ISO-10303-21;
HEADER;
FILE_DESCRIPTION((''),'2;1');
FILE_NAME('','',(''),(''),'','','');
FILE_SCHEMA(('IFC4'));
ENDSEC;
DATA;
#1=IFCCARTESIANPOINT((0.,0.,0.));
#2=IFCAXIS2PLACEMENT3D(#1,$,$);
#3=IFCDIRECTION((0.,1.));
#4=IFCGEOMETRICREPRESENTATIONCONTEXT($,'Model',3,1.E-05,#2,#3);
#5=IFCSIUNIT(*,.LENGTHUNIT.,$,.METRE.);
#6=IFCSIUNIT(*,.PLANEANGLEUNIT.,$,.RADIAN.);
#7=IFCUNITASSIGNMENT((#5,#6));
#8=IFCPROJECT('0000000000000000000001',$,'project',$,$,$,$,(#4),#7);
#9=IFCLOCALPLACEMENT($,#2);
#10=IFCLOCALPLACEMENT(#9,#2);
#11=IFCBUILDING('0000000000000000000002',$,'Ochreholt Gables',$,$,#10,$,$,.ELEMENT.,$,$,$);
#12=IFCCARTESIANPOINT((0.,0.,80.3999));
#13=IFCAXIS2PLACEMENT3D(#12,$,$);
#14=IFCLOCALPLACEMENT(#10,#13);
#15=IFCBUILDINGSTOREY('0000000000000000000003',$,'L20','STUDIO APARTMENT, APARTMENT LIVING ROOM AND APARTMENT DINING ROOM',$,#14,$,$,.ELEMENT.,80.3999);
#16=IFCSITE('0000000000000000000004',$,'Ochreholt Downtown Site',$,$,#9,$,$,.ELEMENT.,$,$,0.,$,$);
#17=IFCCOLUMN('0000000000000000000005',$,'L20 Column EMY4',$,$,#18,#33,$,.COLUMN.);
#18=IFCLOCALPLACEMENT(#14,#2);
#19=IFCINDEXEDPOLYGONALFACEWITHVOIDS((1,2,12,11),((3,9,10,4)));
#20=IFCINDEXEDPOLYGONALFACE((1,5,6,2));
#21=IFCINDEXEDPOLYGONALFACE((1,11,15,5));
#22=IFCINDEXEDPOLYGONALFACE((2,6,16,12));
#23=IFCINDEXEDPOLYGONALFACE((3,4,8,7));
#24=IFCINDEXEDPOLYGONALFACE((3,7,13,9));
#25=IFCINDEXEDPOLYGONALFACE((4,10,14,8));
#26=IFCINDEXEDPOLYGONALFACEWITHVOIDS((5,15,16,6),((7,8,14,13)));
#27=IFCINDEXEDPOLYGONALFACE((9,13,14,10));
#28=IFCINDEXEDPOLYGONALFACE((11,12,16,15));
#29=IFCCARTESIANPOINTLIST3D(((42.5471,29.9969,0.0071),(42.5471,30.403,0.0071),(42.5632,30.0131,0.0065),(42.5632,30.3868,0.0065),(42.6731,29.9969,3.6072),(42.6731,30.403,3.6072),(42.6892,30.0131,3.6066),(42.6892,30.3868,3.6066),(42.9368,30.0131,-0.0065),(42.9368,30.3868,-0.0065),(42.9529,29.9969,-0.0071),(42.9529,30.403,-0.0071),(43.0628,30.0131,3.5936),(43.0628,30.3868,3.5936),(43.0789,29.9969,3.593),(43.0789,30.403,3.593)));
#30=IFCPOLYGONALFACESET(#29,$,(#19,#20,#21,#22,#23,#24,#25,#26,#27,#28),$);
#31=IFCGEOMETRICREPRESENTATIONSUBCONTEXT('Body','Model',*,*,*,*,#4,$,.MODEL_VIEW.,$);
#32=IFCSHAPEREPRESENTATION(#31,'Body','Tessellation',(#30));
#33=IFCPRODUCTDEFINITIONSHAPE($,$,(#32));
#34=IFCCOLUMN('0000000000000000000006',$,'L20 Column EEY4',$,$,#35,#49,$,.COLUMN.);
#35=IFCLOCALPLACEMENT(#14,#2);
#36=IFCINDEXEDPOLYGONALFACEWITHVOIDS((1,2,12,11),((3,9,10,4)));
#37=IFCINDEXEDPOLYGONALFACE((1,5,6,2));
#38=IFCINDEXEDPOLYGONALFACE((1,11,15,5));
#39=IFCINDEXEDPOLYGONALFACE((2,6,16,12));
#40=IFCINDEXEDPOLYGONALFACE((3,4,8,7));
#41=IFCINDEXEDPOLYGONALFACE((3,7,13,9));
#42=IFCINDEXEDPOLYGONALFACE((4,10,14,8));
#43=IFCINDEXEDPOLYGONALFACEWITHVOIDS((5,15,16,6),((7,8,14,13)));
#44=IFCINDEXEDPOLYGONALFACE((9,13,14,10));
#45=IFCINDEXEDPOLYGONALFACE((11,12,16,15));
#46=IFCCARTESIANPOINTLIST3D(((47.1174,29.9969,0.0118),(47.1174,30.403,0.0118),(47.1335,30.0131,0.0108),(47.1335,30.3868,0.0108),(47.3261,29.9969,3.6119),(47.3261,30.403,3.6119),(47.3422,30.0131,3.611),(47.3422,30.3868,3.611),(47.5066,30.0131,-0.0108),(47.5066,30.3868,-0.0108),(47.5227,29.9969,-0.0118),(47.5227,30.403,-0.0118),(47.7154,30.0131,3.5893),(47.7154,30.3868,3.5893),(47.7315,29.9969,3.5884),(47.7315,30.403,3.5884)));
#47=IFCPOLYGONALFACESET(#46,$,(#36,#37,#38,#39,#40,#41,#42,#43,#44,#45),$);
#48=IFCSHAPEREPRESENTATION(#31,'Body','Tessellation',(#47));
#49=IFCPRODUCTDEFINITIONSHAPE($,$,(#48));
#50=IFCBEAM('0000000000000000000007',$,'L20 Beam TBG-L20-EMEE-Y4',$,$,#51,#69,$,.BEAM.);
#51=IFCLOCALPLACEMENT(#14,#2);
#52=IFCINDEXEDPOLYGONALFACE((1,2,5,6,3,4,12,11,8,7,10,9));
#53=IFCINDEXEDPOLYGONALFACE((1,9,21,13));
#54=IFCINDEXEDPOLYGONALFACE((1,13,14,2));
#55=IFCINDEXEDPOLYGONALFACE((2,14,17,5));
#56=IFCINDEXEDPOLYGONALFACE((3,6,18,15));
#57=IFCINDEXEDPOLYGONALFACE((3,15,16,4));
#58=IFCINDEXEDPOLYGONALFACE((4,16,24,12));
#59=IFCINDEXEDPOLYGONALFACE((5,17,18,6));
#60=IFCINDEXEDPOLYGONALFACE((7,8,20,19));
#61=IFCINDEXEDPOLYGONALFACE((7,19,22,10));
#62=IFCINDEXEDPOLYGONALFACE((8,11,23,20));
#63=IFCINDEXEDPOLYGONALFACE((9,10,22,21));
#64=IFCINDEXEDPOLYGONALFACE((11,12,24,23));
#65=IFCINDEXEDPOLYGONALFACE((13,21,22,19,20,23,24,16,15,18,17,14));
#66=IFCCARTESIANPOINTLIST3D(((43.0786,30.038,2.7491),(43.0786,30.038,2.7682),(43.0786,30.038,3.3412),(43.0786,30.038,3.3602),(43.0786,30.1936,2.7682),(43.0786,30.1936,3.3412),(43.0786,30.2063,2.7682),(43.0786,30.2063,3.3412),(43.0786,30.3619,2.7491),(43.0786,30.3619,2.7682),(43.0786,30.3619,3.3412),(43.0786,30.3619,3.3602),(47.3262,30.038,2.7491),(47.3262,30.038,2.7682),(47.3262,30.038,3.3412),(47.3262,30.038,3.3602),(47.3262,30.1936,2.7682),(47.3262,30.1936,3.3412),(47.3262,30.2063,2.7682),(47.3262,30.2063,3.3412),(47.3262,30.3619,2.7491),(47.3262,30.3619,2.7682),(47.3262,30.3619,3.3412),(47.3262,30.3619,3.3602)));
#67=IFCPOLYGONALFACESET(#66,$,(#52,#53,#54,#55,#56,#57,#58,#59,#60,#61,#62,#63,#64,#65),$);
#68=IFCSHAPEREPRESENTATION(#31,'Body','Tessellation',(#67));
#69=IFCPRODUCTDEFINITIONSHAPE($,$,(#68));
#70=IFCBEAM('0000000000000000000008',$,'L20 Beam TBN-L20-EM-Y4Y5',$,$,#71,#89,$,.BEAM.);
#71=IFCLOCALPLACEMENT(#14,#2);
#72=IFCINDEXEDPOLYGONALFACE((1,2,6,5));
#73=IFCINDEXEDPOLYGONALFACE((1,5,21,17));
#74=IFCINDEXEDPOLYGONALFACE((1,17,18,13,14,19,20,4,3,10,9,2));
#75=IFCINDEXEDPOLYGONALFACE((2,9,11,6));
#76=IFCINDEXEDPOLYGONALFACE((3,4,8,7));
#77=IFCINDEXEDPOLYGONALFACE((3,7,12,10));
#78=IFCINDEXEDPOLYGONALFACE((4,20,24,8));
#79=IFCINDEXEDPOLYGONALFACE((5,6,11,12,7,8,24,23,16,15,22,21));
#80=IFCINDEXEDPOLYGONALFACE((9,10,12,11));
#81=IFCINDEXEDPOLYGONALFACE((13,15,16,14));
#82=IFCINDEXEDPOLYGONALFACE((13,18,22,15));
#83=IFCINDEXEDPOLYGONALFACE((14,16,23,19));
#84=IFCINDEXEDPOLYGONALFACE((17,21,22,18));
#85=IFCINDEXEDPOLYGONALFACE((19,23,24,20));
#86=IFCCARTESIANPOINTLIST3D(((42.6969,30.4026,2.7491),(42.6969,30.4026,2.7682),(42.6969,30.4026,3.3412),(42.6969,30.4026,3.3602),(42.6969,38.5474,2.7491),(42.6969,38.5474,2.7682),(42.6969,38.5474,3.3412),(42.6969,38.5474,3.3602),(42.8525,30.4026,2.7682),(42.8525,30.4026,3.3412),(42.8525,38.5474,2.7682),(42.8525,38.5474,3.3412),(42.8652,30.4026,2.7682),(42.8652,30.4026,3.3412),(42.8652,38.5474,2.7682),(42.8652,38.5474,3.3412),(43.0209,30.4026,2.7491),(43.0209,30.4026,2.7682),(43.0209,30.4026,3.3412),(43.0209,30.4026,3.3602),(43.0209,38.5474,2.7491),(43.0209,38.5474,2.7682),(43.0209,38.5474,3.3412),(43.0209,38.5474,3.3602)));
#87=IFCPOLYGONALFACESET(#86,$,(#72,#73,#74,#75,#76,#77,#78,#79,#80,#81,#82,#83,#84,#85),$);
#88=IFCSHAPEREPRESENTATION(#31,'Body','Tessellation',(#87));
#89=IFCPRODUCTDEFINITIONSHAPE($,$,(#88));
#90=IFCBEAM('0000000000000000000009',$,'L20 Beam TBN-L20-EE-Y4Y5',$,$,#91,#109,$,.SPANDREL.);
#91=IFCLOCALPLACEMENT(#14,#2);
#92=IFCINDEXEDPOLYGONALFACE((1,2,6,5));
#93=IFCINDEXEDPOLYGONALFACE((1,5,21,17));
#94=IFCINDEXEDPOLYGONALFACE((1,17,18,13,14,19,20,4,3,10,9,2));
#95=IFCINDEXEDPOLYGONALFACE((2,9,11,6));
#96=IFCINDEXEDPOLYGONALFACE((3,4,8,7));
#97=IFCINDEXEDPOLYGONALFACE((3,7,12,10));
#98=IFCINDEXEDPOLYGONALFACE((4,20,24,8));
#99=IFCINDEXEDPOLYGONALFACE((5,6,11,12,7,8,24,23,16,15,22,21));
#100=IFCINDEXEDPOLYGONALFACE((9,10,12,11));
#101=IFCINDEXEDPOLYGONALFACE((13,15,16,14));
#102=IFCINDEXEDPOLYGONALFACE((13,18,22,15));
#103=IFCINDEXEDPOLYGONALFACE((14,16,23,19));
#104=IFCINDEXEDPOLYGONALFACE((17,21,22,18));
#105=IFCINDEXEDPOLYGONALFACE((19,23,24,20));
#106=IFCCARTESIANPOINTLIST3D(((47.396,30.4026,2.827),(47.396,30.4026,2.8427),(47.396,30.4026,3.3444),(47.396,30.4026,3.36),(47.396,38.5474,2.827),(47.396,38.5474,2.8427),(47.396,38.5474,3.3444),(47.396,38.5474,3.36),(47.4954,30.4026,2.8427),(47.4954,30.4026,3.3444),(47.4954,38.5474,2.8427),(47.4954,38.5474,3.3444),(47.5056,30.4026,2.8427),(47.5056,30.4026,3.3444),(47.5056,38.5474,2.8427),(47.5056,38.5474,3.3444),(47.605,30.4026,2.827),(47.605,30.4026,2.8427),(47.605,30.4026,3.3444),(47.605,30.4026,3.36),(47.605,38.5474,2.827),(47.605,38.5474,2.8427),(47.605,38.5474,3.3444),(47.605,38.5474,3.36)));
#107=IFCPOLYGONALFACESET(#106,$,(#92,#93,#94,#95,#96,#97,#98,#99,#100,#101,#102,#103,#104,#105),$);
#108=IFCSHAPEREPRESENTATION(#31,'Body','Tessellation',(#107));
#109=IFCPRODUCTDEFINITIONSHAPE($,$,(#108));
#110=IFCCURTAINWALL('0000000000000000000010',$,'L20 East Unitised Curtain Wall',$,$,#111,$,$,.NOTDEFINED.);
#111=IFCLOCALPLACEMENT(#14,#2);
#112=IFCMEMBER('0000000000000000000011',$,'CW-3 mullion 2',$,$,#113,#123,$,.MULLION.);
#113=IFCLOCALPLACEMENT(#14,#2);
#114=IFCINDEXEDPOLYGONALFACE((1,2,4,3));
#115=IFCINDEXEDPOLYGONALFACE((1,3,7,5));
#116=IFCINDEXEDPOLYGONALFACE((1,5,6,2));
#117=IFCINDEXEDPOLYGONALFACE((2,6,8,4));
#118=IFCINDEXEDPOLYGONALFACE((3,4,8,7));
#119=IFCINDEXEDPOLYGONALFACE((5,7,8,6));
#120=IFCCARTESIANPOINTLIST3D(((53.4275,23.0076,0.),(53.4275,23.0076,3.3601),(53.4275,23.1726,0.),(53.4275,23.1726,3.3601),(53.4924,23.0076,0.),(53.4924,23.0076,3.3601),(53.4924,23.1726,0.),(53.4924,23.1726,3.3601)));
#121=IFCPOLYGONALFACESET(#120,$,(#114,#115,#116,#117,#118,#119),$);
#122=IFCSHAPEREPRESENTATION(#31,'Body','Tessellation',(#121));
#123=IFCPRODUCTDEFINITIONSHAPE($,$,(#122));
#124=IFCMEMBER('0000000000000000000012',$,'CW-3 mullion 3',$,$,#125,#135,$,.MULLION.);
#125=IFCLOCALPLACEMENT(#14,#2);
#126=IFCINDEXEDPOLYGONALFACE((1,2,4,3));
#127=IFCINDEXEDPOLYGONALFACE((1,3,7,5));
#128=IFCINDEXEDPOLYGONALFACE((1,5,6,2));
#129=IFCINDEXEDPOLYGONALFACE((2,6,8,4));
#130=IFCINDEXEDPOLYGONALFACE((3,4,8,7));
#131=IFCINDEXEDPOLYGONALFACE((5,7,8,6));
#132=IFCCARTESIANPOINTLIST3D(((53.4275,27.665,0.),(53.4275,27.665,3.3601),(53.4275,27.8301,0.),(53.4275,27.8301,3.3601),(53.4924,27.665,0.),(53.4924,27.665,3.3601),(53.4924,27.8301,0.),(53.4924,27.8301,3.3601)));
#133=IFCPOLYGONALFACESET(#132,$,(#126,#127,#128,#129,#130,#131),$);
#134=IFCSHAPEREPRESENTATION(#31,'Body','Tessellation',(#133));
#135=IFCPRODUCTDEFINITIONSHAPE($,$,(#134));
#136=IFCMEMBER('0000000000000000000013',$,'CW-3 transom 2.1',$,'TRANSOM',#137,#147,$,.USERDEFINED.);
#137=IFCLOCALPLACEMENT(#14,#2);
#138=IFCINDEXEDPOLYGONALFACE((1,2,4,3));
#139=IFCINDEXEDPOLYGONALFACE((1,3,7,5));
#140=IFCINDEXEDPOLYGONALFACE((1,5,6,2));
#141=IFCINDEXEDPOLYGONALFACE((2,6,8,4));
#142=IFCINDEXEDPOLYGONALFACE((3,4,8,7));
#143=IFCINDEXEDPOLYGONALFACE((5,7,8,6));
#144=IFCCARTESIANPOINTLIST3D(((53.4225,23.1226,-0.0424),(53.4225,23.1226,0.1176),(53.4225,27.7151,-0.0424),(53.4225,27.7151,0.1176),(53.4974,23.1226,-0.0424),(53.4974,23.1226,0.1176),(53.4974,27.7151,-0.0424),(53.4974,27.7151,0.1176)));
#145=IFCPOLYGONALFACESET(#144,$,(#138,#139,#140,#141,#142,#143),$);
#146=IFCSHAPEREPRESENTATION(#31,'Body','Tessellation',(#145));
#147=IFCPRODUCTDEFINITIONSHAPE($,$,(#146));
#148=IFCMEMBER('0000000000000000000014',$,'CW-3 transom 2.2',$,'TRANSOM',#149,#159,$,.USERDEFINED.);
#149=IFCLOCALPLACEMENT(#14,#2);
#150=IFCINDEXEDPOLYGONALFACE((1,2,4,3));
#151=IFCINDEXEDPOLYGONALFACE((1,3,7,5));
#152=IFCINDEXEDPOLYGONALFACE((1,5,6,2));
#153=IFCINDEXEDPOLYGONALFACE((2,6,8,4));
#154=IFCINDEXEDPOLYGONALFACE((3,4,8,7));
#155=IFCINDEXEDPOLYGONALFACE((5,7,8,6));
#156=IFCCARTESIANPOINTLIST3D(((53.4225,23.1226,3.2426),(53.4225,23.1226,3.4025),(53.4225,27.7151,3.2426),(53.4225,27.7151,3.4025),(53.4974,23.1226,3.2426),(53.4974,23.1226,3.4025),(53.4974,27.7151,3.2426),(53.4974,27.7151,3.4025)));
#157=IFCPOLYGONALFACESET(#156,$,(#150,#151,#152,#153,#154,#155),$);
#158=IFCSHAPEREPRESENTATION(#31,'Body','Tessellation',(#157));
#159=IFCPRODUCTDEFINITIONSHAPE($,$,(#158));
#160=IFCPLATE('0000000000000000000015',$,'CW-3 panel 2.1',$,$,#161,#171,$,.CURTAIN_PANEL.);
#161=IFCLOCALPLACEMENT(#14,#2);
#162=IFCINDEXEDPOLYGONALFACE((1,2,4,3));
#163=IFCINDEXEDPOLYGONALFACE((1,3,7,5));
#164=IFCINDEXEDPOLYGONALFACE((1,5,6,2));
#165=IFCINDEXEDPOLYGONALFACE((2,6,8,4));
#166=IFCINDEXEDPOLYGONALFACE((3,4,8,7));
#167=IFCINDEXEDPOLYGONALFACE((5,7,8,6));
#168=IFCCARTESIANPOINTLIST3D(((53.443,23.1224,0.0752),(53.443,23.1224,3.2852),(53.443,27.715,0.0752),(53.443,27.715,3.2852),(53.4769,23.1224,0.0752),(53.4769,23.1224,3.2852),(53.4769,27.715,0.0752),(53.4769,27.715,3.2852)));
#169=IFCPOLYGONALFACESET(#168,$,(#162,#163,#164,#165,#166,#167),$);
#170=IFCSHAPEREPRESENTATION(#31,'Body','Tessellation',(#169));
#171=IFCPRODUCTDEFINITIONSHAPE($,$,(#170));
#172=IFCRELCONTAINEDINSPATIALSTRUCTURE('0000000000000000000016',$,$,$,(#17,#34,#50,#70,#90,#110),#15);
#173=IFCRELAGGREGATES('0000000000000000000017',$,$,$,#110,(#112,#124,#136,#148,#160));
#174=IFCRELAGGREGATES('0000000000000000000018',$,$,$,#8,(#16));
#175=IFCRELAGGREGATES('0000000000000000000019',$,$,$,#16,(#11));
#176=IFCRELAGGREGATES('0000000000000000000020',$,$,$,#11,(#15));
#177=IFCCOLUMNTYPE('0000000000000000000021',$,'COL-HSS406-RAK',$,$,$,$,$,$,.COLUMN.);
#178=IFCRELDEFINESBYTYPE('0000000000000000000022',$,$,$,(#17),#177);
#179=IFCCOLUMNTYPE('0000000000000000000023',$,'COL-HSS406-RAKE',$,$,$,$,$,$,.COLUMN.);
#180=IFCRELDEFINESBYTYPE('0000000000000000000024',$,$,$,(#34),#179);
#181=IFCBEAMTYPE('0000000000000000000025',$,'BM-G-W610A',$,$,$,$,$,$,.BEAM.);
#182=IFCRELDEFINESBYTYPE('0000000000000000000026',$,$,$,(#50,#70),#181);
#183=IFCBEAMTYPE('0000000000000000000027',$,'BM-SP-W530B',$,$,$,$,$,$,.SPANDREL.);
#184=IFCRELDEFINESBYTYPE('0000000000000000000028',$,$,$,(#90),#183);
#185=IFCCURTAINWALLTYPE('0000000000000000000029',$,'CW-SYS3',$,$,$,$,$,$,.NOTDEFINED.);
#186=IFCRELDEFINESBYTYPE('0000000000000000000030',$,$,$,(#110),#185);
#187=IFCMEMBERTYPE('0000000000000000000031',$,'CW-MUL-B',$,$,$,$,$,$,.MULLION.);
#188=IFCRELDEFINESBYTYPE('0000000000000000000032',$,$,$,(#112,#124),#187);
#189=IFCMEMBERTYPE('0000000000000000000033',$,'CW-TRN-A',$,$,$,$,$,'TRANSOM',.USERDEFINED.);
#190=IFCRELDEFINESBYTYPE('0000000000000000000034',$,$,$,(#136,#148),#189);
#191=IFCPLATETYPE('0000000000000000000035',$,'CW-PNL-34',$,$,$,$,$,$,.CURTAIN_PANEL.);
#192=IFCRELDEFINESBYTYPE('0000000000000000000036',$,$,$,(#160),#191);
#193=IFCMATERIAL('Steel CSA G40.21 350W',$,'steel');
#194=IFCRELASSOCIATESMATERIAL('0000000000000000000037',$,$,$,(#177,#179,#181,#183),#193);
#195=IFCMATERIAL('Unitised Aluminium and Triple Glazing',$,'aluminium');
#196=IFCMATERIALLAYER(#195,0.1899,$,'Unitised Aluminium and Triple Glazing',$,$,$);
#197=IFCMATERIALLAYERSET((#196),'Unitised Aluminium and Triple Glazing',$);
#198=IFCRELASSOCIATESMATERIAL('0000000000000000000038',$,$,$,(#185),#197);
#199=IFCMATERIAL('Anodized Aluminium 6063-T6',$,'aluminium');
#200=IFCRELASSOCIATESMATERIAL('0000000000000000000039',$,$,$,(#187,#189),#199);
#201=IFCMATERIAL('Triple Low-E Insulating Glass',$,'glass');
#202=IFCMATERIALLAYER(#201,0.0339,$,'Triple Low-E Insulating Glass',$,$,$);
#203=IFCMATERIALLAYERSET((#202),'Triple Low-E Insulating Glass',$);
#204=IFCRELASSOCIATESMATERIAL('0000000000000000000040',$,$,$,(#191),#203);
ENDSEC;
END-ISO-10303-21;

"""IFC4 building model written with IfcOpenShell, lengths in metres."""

from ifc_helpers import new_model, si_unit, direction, frame, origin, origin_2d, place, context, subcontext, project, spatial, rectangle, hollow_rectangle, i_section, extrude, material, layer, layer_set, material_profile, profile_set, type_object, element, aggregate, save


model = new_model("IFC4")

# Units and contexts
model_context = context("Model", 3, precision=1e-05, world=origin(), true_north=direction((0.0, 1.0)))
body_context = subcontext(model_context, "Body", "Model", "MODEL_VIEW")
ifc_project = project(units=[si_unit("LENGTHUNIT", "METRE"), si_unit("PLANEANGLEUNIT", "RADIAN")], contexts=[model_context])

# Site, building, storey
site_placement = place(None, origin())
site = spatial("IfcSite", under=ifc_project, at=site_placement, Name="Ochreholt Downtown Site", CompositionType="ELEMENT", RefElevation=0.0)
building_placement = place(site_placement, origin())
building = spatial("IfcBuilding", under=site, at=building_placement, Name="Ochreholt Gables", CompositionType="ELEMENT")
storey_placement = place(building_placement, frame((0.0, 0.0, 80.3999)))
storey = spatial("IfcBuildingStorey", under=building, at=storey_placement, Name="L20", Description="STUDIO APARTMENT, APARTMENT LIVING ROOM AND APARTMENT DINING ROOM", CompositionType="ELEMENT", Elevation=80.3999)

# Columns
ifc_material_1 = material(Name="Steel CSA G40.21 350W", Category="steel")
ifc_material_profile_1 = material_profile(ifc_material_1, hollow_rectangle(XDim=0.406, YDim=0.406, WallThickness=0.0161, at=origin_2d()), Name="HSS406X406X16")
ifc_profile_set_1 = profile_set([ifc_material_profile_1], Name="Steel CSA G40.21 350W")
column_type_1 = type_object("IfcColumnType", Name="COL-HSS406-RAK", PredefinedType="COLUMN", material=ifc_profile_set_1)
column_1_placement = place(storey_placement, frame((42.75, 30.2, 0.0), z_axis=(0.034971, 0.0, 0.999388), x_axis=(0.0, 1.0, 0.0)))
element("IfcColumn", 1, at=column_1_placement, inside=storey, type_object=column_type_1, Name="L20 Column EMY4", PredefinedType="COLUMN", context=body_context, shape_type="SweptSolid", body=[
    extrude(hollow_rectangle(XDim=0.406, YDim=0.406, WallThickness=0.0161, at=origin_2d()), origin(), (0.0, 0.0, 1.0), 3.6023),
])
ifc_material_profile_2 = material_profile(ifc_material_1, hollow_rectangle(XDim=0.406, YDim=0.406, WallThickness=0.0161, at=origin_2d()), Name="HSS406X406X16")
ifc_profile_set_2 = profile_set([ifc_material_profile_2], Name="Steel CSA G40.21 350W")
column_type_2 = type_object("IfcColumnType", Name="COL-HSS406-RAKE", PredefinedType="COLUMN", material=ifc_profile_set_2)
column_2_placement = place(storey_placement, frame((47.3201, 30.2, 0.0), z_axis=(0.057885, 0.0, 0.998323), x_axis=(0.0, 1.0, 0.0)))
element("IfcColumn", 2, at=column_2_placement, inside=storey, type_object=column_type_2, Name="L20 Column EEY4", PredefinedType="COLUMN", context=body_context, shape_type="SweptSolid", body=[
    extrude(hollow_rectangle(XDim=0.406, YDim=0.406, WallThickness=0.0161, at=origin_2d()), origin(), (0.0, 0.0, 1.0), 3.6062),
])

# Beams
ifc_material_profile_3 = material_profile(ifc_material_1, i_section(OverallWidth=0.324, OverallDepth=0.6111, WebThickness=0.0127, FlangeThickness=0.019, at=origin_2d()), Name="W610X155")
ifc_profile_set_3 = profile_set([ifc_material_profile_3], Name="Steel CSA G40.21 350W")
beam_type_1 = type_object("IfcBeamType", Name="BM-G-W610A", PredefinedType="BEAM", material=ifc_profile_set_3)
beam_1_placement = place(storey_placement, frame((43.0786, 30.2, 3.0547), z_axis=(1.0, 0.0, 0.0), x_axis=(0.0, 1.0, 0.0)))
element("IfcBeam", 3, at=beam_1_placement, inside=storey, type_object=beam_type_1, Name="L20 Beam TBG-L20-EMEE-Y4", PredefinedType="BEAM", context=body_context, shape_type="SweptSolid", body=[
    extrude(i_section(OverallWidth=0.324, OverallDepth=0.6111, WebThickness=0.0127, FlangeThickness=0.019, at=origin_2d()), origin(), (0.0, 0.0, 1.0), 4.2476),
])
beam_2_placement = place(storey_placement, frame((42.8589, 30.4026, 3.0547), z_axis=(0.0, 1.0, 0.0), x_axis=(-1.0, 0.0, 0.0)))
element("IfcBeam", 4, at=beam_2_placement, inside=storey, type_object=beam_type_1, Name="L20 Beam TBN-L20-EM-Y4Y5", PredefinedType="BEAM", context=body_context, shape_type="SweptSolid", body=[
    extrude(i_section(OverallWidth=0.324, OverallDepth=0.6111, WebThickness=0.0127, FlangeThickness=0.019, at=origin_2d()), origin(), (0.0, 0.0, 1.0), 8.1448),
])
ifc_material_profile_4 = material_profile(ifc_material_1, i_section(OverallWidth=0.209, OverallDepth=0.533, WebThickness=0.0103, FlangeThickness=0.0156, at=origin_2d()), Name="W530X92")
ifc_profile_set_4 = profile_set([ifc_material_profile_4], Name="Steel CSA G40.21 350W")
beam_type_2 = type_object("IfcBeamType", Name="BM-SP-W530B", PredefinedType="SPANDREL", material=ifc_profile_set_4)
beam_3_placement = place(storey_placement, frame((47.5005, 30.4026, 3.0935), z_axis=(0.0, 1.0, 0.0), x_axis=(-1.0, 0.0, 0.0)))
element("IfcBeam", 5, at=beam_3_placement, inside=storey, type_object=beam_type_2, Name="L20 Beam TBN-L20-EE-Y4Y5", PredefinedType="SPANDREL", context=body_context, shape_type="SweptSolid", body=[
    extrude(i_section(OverallWidth=0.209, OverallDepth=0.533, WebThickness=0.0103, FlangeThickness=0.0156, at=origin_2d()), origin(), (0.0, 0.0, 1.0), 8.1448),
])

# Curtain wall, members, plate
ifc_material_2 = material(Name="Unitised Aluminium and Triple Glazing", Category="aluminium")
ifc_layer_1 = layer(ifc_material_2, 0.1899, Name="Unitised Aluminium and Triple Glazing")
ifc_layer_set_1 = layer_set([ifc_layer_1], Name="Unitised Aluminium and Triple Glazing")
curtain_wall_type = type_object("IfcCurtainWallType", Name="CW-SYS3", PredefinedType="NOTDEFINED", material=ifc_layer_set_1)
curtain_wall_placement = place(storey_placement, origin())
curtain_wall = element("IfcCurtainWall", 6, at=curtain_wall_placement, inside=storey, type_object=curtain_wall_type, Name="L20 East Unitised Curtain Wall", PredefinedType="NOTDEFINED")
ifc_material_3 = material(Name="Anodized Aluminium 6063-T6", Category="aluminium")
ifc_material_profile_5 = material_profile(ifc_material_3, rectangle(XDim=0.0649, YDim=0.165, at=origin_2d()), Name="CWM65X165")
ifc_profile_set_5 = profile_set([ifc_material_profile_5], Name="Anodized Aluminium 6063-T6")
member_type_1 = type_object("IfcMemberType", Name="CW-MUL-B", PredefinedType="MULLION", material=ifc_profile_set_5)
member_1_placement = place(storey_placement, frame((53.46, 23.0901, 0.0), z_axis=(0.0, 0.0, 1.0), x_axis=(-1.0, 0.0, 0.0)))
member_1 = element("IfcMember", 7, at=member_1_placement, type_object=member_type_1, Name="CW-3 mullion 2", PredefinedType="MULLION", context=body_context, shape_type="SweptSolid", body=[
    extrude(rectangle(XDim=0.0649, YDim=0.165, at=origin_2d()), origin(), (0.0, 0.0, 1.0), 3.3601),
])
member_2_placement = place(storey_placement, frame((53.46, 27.7476, 0.0), z_axis=(0.0, 0.0, 1.0), x_axis=(-1.0, 0.0, 0.0)))
member_2 = element("IfcMember", 8, at=member_2_placement, type_object=member_type_1, Name="CW-3 mullion 3", PredefinedType="MULLION", context=body_context, shape_type="SweptSolid", body=[
    extrude(rectangle(XDim=0.0649, YDim=0.165, at=origin_2d()), origin(), (0.0, 0.0, 1.0), 3.3601),
])
ifc_material_profile_6 = material_profile(ifc_material_3, rectangle(XDim=0.075, YDim=0.1599, at=origin_2d()), Name="CWT75X160")
ifc_profile_set_6 = profile_set([ifc_material_profile_6], Name="Anodized Aluminium 6063-T6")
member_type_2 = type_object("IfcMemberType", Name="CW-TRN-A", ElementType="TRANSOM", PredefinedType="USERDEFINED", material=ifc_profile_set_6)
member_3_placement = place(storey_placement, frame((53.46, 23.1226, 0.0376), z_axis=(0.0, 1.0, 0.0), x_axis=(-1.0, 0.0, 0.0)))
member_3 = element("IfcMember", 9, at=member_3_placement, type_object=member_type_2, Name="CW-3 transom 2.1", ObjectType="TRANSOM", PredefinedType="USERDEFINED", context=body_context, shape_type="SweptSolid", body=[
    extrude(rectangle(XDim=0.075, YDim=0.1599, at=origin_2d()), origin(), (0.0, 0.0, 1.0), 4.5925),
])
member_4_placement = place(storey_placement, frame((53.46, 23.1226, 3.3225), z_axis=(0.0, 1.0, 0.0), x_axis=(-1.0, 0.0, 0.0)))
member_4 = element("IfcMember", 10, at=member_4_placement, type_object=member_type_2, Name="CW-3 transom 2.2", ObjectType="TRANSOM", PredefinedType="USERDEFINED", context=body_context, shape_type="SweptSolid", body=[
    extrude(rectangle(XDim=0.075, YDim=0.1599, at=origin_2d()), origin(), (0.0, 0.0, 1.0), 4.5925),
])
ifc_material_4 = material(Name="Triple Low-E Insulating Glass", Category="glass")
ifc_layer_2 = layer(ifc_material_4, 0.0339, Name="Triple Low-E Insulating Glass")
ifc_layer_set_2 = layer_set([ifc_layer_2], Name="Triple Low-E Insulating Glass")
plate_type = type_object("IfcPlateType", Name="CW-PNL-34", PredefinedType="CURTAIN_PANEL", material=ifc_layer_set_2)
plate_placement = place(storey_placement, frame((53.46, 25.4187, 0.0752), z_axis=(0.0, 0.0, 1.0), x_axis=(0.0, 1.0, 0.0)))
plate = element("IfcPlate", 11, at=plate_placement, type_object=plate_type, Name="CW-3 panel 2.1", PredefinedType="CURTAIN_PANEL", context=body_context, shape_type="SweptSolid", body=[
    extrude(rectangle(XDim=4.5925, YDim=0.0339, at=origin_2d()), origin(), (0.0, 0.0, 1.0), 3.21),
])
aggregate(curtain_wall, [member_1, member_2, member_3, member_4, plate])

save(model, "model.ifc")
